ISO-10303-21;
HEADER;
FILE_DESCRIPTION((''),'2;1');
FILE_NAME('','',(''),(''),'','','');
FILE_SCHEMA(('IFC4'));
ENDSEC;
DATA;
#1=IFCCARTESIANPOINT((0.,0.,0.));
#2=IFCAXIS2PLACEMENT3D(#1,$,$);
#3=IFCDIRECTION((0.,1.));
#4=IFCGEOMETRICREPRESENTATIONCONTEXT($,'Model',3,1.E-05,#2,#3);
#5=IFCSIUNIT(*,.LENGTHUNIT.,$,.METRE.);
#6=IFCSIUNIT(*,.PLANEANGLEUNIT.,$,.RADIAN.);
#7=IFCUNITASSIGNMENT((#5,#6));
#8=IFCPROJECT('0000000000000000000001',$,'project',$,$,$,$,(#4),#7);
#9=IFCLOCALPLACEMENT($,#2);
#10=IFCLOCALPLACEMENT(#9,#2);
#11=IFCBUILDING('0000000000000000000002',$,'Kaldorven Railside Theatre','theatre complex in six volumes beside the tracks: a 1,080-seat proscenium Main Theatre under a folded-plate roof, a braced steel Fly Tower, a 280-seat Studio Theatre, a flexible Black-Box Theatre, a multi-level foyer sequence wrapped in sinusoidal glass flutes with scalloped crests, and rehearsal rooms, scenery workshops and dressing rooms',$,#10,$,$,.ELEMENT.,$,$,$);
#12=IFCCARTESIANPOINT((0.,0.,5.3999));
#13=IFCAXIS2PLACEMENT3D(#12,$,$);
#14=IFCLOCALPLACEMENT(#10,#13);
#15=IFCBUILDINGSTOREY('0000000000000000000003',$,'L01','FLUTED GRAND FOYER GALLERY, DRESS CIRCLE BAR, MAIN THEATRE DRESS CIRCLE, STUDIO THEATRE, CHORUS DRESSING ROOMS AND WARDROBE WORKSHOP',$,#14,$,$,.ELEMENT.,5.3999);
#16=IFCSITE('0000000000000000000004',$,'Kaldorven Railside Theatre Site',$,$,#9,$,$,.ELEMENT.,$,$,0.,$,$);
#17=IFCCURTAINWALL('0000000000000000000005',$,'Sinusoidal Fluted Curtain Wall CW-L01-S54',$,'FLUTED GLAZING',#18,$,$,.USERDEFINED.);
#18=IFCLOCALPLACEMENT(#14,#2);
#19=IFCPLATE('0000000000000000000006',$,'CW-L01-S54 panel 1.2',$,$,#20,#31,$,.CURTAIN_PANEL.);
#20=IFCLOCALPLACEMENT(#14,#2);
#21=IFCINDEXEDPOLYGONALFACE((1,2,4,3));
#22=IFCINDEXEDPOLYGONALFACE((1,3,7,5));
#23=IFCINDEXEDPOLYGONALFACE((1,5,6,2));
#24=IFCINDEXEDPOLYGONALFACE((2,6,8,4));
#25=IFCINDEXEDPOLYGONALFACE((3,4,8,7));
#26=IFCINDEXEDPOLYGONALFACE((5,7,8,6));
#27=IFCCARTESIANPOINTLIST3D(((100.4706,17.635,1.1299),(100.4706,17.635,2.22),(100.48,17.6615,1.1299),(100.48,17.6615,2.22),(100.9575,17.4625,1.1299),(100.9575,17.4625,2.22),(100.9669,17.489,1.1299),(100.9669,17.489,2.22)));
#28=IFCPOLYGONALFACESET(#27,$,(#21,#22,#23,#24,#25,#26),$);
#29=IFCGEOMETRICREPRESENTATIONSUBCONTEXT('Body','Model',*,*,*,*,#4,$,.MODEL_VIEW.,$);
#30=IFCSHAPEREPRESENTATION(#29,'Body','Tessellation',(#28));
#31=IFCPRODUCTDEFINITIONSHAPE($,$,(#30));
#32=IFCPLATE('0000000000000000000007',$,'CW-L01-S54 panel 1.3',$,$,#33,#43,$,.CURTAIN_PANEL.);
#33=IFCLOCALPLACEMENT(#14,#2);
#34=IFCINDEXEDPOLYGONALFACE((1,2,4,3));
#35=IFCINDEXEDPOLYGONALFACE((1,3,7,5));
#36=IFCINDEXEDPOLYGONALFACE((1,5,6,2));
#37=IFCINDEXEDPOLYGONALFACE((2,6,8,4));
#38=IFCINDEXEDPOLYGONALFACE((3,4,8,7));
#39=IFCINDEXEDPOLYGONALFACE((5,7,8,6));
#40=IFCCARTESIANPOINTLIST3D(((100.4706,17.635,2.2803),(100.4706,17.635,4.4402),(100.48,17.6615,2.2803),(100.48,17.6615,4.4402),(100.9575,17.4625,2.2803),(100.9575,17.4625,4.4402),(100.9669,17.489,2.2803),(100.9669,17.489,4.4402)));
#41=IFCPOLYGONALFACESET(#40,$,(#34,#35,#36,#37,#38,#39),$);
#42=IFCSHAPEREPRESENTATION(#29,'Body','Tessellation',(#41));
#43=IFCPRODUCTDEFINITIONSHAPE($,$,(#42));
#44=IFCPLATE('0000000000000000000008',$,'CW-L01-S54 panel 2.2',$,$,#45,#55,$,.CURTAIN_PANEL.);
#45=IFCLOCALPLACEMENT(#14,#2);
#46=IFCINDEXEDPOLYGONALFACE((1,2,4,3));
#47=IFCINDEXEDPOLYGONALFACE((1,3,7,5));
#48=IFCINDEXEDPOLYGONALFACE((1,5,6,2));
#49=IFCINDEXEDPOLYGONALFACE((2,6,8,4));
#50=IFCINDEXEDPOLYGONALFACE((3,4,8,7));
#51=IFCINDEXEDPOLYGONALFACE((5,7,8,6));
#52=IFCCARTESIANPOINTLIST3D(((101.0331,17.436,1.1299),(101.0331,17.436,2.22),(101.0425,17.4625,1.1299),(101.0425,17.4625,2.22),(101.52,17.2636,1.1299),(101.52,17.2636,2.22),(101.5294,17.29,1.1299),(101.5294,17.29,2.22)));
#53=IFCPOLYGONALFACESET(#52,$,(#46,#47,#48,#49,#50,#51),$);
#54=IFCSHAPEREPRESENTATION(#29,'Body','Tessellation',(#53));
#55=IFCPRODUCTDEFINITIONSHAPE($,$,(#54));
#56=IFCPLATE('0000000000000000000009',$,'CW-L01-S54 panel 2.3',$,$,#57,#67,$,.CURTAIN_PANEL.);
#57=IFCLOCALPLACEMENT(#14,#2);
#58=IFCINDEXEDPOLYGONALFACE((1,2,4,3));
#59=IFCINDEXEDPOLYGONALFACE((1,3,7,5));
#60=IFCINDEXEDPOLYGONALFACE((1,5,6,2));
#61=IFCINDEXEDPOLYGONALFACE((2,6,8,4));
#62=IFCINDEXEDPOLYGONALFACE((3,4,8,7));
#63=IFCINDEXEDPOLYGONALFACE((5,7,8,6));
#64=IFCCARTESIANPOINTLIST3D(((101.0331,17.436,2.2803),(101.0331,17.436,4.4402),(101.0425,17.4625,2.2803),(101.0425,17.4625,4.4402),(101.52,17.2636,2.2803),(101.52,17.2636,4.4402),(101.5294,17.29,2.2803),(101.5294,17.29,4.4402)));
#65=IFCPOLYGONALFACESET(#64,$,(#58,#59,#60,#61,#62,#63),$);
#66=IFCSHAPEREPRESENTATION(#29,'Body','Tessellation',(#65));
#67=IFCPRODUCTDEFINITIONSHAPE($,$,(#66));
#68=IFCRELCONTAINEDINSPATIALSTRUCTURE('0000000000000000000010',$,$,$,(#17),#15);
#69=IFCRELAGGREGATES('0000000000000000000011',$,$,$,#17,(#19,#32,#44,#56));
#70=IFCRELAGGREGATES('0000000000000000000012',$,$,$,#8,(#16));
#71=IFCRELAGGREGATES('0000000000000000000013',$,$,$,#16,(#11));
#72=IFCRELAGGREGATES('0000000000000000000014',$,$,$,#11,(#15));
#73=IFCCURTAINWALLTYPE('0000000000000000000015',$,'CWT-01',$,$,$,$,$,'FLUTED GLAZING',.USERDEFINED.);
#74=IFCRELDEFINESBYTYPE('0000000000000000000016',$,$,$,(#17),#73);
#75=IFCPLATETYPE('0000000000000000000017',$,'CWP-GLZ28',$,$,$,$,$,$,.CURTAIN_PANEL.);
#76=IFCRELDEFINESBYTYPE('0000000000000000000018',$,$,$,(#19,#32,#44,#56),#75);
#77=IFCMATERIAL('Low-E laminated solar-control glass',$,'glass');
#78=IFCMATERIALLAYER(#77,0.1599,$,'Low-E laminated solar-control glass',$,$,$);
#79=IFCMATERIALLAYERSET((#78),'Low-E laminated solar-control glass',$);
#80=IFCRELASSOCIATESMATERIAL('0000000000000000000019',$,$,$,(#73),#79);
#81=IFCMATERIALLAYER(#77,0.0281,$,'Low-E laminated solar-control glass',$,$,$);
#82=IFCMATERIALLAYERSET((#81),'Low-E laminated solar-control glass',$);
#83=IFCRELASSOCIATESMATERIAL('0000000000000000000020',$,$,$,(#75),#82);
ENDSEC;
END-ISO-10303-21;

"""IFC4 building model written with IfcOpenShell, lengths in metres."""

from ifc_helpers import new_model, si_unit, direction, frame, origin, origin_2d, place, context, subcontext, project, spatial, rectangle, extrude, material, layer, layer_set, type_object, element, aggregate, save


model = new_model("IFC4")

# Units and contexts
model_context = context("Model", 3, precision=1e-05, world=origin(), true_north=direction((0.0, 1.0)))
body_context = subcontext(model_context, "Body", "Model", "MODEL_VIEW")
ifc_project = project(units=[si_unit("LENGTHUNIT", "METRE"), si_unit("PLANEANGLEUNIT", "RADIAN")], contexts=[model_context])

# Site, building, storey
site_placement = place(None, origin())
site = spatial("IfcSite", under=ifc_project, at=site_placement, Name="Kaldorven Railside Theatre Site", CompositionType="ELEMENT", RefElevation=0.0)
building_placement = place(site_placement, origin())
building = spatial("IfcBuilding", under=site, at=building_placement, Name="Kaldorven Railside Theatre", Description="theatre complex in six volumes beside the tracks: a 1,080-seat proscenium Main Theatre under a folded-plate roof, a braced steel Fly Tower, a 280-seat Studio Theatre, a flexible Black-Box Theatre, a multi-level foyer sequence wrapped in sinusoidal glass flutes with scalloped crests, and rehearsal rooms, scenery workshops and dressing rooms", CompositionType="ELEMENT")
storey_placement = place(building_placement, frame((0.0, 0.0, 5.3999)))
storey = spatial("IfcBuildingStorey", under=building, at=storey_placement, Name="L01", Description="FLUTED GRAND FOYER GALLERY, DRESS CIRCLE BAR, MAIN THEATRE DRESS CIRCLE, STUDIO THEATRE, CHORUS DRESSING ROOMS AND WARDROBE WORKSHOP", CompositionType="ELEMENT", Elevation=5.3999)

# Curtain wall
ifc_material_1 = material(Name="Low-E laminated solar-control glass", Category="glass")
ifc_layer_1 = layer(ifc_material_1, 0.1599, Name="Low-E laminated solar-control glass")
ifc_layer_set_1 = layer_set([ifc_layer_1], Name="Low-E laminated solar-control glass")
curtain_wall_type_1 = type_object("IfcCurtainWallType", Name="CWT-01", ElementType="FLUTED GLAZING", PredefinedType="USERDEFINED", material=ifc_layer_set_1)
curtain_wall_1_placement = place(storey_placement, origin())
curtain_wall_1 = element("IfcCurtainWall", 1, at=curtain_wall_1_placement, inside=storey, type_object=curtain_wall_type_1, Name="Sinusoidal Fluted Curtain Wall CW-L01-S54", ObjectType="FLUTED GLAZING", PredefinedType="USERDEFINED")

# Shared definitions
ifc_layer_2 = layer(ifc_material_1, 0.0281, Name="Low-E laminated solar-control glass")
ifc_layer_set_2 = layer_set([ifc_layer_2], Name="Low-E laminated solar-control glass")
plate_type = type_object("IfcPlateType", Name="CWP-GLZ28", PredefinedType="CURTAIN_PANEL", material=ifc_layer_set_2)

# Plates
plate_1_placement = place(storey_placement, frame((100.7188, 17.562, 1.1299), z_axis=(0.0, 0.0, 1.0), x_axis=(0.942627, -0.333847, 0.0)))
plate_1 = element("IfcPlate", 2, at=plate_1_placement, type_object=plate_type, Name="CW-L01-S54 panel 1.2", PredefinedType="CURTAIN_PANEL", context=body_context, shape_type="SweptSolid", body=[
    extrude(rectangle(XDim=0.5166, YDim=0.0281, at=origin_2d()), origin(), (0.0, 0.0, 1.0), 1.0901),
])
plate_2_placement = place(storey_placement, frame((100.7188, 17.562, 2.2803), z_axis=(0.0, 0.0, 1.0), x_axis=(0.942627, -0.333847, 0.0)))
plate_2 = element("IfcPlate", 3, at=plate_2_placement, type_object=plate_type, Name="CW-L01-S54 panel 1.3", PredefinedType="CURTAIN_PANEL", context=body_context, shape_type="SweptSolid", body=[
    extrude(rectangle(XDim=0.5166, YDim=0.0281, at=origin_2d()), origin(), (0.0, 0.0, 1.0), 2.1599),
])
plate_3_placement = place(storey_placement, frame((101.2812, 17.363, 1.1299), z_axis=(0.0, 0.0, 1.0), x_axis=(0.942627, -0.333847, 0.0)))
plate_3 = element("IfcPlate", 4, at=plate_3_placement, type_object=plate_type, Name="CW-L01-S54 panel 2.2", PredefinedType="CURTAIN_PANEL", context=body_context, shape_type="SweptSolid", body=[
    extrude(rectangle(XDim=0.5166, YDim=0.0281, at=origin_2d()), origin(), (0.0, 0.0, 1.0), 1.0901),
])
plate_4_placement = place(storey_placement, frame((101.2812, 17.363, 2.2803), z_axis=(0.0, 0.0, 1.0), x_axis=(0.942627, -0.333847, 0.0)))
plate_4 = element("IfcPlate", 5, at=plate_4_placement, type_object=plate_type, Name="CW-L01-S54 panel 2.3", PredefinedType="CURTAIN_PANEL", context=body_context, shape_type="SweptSolid", body=[
    extrude(rectangle(XDim=0.5166, YDim=0.0281, at=origin_2d()), origin(), (0.0, 0.0, 1.0), 2.1599),
])
aggregate(curtain_wall_1, [plate_1, plate_2, plate_3, plate_4])

save(model, "model.ifc")
